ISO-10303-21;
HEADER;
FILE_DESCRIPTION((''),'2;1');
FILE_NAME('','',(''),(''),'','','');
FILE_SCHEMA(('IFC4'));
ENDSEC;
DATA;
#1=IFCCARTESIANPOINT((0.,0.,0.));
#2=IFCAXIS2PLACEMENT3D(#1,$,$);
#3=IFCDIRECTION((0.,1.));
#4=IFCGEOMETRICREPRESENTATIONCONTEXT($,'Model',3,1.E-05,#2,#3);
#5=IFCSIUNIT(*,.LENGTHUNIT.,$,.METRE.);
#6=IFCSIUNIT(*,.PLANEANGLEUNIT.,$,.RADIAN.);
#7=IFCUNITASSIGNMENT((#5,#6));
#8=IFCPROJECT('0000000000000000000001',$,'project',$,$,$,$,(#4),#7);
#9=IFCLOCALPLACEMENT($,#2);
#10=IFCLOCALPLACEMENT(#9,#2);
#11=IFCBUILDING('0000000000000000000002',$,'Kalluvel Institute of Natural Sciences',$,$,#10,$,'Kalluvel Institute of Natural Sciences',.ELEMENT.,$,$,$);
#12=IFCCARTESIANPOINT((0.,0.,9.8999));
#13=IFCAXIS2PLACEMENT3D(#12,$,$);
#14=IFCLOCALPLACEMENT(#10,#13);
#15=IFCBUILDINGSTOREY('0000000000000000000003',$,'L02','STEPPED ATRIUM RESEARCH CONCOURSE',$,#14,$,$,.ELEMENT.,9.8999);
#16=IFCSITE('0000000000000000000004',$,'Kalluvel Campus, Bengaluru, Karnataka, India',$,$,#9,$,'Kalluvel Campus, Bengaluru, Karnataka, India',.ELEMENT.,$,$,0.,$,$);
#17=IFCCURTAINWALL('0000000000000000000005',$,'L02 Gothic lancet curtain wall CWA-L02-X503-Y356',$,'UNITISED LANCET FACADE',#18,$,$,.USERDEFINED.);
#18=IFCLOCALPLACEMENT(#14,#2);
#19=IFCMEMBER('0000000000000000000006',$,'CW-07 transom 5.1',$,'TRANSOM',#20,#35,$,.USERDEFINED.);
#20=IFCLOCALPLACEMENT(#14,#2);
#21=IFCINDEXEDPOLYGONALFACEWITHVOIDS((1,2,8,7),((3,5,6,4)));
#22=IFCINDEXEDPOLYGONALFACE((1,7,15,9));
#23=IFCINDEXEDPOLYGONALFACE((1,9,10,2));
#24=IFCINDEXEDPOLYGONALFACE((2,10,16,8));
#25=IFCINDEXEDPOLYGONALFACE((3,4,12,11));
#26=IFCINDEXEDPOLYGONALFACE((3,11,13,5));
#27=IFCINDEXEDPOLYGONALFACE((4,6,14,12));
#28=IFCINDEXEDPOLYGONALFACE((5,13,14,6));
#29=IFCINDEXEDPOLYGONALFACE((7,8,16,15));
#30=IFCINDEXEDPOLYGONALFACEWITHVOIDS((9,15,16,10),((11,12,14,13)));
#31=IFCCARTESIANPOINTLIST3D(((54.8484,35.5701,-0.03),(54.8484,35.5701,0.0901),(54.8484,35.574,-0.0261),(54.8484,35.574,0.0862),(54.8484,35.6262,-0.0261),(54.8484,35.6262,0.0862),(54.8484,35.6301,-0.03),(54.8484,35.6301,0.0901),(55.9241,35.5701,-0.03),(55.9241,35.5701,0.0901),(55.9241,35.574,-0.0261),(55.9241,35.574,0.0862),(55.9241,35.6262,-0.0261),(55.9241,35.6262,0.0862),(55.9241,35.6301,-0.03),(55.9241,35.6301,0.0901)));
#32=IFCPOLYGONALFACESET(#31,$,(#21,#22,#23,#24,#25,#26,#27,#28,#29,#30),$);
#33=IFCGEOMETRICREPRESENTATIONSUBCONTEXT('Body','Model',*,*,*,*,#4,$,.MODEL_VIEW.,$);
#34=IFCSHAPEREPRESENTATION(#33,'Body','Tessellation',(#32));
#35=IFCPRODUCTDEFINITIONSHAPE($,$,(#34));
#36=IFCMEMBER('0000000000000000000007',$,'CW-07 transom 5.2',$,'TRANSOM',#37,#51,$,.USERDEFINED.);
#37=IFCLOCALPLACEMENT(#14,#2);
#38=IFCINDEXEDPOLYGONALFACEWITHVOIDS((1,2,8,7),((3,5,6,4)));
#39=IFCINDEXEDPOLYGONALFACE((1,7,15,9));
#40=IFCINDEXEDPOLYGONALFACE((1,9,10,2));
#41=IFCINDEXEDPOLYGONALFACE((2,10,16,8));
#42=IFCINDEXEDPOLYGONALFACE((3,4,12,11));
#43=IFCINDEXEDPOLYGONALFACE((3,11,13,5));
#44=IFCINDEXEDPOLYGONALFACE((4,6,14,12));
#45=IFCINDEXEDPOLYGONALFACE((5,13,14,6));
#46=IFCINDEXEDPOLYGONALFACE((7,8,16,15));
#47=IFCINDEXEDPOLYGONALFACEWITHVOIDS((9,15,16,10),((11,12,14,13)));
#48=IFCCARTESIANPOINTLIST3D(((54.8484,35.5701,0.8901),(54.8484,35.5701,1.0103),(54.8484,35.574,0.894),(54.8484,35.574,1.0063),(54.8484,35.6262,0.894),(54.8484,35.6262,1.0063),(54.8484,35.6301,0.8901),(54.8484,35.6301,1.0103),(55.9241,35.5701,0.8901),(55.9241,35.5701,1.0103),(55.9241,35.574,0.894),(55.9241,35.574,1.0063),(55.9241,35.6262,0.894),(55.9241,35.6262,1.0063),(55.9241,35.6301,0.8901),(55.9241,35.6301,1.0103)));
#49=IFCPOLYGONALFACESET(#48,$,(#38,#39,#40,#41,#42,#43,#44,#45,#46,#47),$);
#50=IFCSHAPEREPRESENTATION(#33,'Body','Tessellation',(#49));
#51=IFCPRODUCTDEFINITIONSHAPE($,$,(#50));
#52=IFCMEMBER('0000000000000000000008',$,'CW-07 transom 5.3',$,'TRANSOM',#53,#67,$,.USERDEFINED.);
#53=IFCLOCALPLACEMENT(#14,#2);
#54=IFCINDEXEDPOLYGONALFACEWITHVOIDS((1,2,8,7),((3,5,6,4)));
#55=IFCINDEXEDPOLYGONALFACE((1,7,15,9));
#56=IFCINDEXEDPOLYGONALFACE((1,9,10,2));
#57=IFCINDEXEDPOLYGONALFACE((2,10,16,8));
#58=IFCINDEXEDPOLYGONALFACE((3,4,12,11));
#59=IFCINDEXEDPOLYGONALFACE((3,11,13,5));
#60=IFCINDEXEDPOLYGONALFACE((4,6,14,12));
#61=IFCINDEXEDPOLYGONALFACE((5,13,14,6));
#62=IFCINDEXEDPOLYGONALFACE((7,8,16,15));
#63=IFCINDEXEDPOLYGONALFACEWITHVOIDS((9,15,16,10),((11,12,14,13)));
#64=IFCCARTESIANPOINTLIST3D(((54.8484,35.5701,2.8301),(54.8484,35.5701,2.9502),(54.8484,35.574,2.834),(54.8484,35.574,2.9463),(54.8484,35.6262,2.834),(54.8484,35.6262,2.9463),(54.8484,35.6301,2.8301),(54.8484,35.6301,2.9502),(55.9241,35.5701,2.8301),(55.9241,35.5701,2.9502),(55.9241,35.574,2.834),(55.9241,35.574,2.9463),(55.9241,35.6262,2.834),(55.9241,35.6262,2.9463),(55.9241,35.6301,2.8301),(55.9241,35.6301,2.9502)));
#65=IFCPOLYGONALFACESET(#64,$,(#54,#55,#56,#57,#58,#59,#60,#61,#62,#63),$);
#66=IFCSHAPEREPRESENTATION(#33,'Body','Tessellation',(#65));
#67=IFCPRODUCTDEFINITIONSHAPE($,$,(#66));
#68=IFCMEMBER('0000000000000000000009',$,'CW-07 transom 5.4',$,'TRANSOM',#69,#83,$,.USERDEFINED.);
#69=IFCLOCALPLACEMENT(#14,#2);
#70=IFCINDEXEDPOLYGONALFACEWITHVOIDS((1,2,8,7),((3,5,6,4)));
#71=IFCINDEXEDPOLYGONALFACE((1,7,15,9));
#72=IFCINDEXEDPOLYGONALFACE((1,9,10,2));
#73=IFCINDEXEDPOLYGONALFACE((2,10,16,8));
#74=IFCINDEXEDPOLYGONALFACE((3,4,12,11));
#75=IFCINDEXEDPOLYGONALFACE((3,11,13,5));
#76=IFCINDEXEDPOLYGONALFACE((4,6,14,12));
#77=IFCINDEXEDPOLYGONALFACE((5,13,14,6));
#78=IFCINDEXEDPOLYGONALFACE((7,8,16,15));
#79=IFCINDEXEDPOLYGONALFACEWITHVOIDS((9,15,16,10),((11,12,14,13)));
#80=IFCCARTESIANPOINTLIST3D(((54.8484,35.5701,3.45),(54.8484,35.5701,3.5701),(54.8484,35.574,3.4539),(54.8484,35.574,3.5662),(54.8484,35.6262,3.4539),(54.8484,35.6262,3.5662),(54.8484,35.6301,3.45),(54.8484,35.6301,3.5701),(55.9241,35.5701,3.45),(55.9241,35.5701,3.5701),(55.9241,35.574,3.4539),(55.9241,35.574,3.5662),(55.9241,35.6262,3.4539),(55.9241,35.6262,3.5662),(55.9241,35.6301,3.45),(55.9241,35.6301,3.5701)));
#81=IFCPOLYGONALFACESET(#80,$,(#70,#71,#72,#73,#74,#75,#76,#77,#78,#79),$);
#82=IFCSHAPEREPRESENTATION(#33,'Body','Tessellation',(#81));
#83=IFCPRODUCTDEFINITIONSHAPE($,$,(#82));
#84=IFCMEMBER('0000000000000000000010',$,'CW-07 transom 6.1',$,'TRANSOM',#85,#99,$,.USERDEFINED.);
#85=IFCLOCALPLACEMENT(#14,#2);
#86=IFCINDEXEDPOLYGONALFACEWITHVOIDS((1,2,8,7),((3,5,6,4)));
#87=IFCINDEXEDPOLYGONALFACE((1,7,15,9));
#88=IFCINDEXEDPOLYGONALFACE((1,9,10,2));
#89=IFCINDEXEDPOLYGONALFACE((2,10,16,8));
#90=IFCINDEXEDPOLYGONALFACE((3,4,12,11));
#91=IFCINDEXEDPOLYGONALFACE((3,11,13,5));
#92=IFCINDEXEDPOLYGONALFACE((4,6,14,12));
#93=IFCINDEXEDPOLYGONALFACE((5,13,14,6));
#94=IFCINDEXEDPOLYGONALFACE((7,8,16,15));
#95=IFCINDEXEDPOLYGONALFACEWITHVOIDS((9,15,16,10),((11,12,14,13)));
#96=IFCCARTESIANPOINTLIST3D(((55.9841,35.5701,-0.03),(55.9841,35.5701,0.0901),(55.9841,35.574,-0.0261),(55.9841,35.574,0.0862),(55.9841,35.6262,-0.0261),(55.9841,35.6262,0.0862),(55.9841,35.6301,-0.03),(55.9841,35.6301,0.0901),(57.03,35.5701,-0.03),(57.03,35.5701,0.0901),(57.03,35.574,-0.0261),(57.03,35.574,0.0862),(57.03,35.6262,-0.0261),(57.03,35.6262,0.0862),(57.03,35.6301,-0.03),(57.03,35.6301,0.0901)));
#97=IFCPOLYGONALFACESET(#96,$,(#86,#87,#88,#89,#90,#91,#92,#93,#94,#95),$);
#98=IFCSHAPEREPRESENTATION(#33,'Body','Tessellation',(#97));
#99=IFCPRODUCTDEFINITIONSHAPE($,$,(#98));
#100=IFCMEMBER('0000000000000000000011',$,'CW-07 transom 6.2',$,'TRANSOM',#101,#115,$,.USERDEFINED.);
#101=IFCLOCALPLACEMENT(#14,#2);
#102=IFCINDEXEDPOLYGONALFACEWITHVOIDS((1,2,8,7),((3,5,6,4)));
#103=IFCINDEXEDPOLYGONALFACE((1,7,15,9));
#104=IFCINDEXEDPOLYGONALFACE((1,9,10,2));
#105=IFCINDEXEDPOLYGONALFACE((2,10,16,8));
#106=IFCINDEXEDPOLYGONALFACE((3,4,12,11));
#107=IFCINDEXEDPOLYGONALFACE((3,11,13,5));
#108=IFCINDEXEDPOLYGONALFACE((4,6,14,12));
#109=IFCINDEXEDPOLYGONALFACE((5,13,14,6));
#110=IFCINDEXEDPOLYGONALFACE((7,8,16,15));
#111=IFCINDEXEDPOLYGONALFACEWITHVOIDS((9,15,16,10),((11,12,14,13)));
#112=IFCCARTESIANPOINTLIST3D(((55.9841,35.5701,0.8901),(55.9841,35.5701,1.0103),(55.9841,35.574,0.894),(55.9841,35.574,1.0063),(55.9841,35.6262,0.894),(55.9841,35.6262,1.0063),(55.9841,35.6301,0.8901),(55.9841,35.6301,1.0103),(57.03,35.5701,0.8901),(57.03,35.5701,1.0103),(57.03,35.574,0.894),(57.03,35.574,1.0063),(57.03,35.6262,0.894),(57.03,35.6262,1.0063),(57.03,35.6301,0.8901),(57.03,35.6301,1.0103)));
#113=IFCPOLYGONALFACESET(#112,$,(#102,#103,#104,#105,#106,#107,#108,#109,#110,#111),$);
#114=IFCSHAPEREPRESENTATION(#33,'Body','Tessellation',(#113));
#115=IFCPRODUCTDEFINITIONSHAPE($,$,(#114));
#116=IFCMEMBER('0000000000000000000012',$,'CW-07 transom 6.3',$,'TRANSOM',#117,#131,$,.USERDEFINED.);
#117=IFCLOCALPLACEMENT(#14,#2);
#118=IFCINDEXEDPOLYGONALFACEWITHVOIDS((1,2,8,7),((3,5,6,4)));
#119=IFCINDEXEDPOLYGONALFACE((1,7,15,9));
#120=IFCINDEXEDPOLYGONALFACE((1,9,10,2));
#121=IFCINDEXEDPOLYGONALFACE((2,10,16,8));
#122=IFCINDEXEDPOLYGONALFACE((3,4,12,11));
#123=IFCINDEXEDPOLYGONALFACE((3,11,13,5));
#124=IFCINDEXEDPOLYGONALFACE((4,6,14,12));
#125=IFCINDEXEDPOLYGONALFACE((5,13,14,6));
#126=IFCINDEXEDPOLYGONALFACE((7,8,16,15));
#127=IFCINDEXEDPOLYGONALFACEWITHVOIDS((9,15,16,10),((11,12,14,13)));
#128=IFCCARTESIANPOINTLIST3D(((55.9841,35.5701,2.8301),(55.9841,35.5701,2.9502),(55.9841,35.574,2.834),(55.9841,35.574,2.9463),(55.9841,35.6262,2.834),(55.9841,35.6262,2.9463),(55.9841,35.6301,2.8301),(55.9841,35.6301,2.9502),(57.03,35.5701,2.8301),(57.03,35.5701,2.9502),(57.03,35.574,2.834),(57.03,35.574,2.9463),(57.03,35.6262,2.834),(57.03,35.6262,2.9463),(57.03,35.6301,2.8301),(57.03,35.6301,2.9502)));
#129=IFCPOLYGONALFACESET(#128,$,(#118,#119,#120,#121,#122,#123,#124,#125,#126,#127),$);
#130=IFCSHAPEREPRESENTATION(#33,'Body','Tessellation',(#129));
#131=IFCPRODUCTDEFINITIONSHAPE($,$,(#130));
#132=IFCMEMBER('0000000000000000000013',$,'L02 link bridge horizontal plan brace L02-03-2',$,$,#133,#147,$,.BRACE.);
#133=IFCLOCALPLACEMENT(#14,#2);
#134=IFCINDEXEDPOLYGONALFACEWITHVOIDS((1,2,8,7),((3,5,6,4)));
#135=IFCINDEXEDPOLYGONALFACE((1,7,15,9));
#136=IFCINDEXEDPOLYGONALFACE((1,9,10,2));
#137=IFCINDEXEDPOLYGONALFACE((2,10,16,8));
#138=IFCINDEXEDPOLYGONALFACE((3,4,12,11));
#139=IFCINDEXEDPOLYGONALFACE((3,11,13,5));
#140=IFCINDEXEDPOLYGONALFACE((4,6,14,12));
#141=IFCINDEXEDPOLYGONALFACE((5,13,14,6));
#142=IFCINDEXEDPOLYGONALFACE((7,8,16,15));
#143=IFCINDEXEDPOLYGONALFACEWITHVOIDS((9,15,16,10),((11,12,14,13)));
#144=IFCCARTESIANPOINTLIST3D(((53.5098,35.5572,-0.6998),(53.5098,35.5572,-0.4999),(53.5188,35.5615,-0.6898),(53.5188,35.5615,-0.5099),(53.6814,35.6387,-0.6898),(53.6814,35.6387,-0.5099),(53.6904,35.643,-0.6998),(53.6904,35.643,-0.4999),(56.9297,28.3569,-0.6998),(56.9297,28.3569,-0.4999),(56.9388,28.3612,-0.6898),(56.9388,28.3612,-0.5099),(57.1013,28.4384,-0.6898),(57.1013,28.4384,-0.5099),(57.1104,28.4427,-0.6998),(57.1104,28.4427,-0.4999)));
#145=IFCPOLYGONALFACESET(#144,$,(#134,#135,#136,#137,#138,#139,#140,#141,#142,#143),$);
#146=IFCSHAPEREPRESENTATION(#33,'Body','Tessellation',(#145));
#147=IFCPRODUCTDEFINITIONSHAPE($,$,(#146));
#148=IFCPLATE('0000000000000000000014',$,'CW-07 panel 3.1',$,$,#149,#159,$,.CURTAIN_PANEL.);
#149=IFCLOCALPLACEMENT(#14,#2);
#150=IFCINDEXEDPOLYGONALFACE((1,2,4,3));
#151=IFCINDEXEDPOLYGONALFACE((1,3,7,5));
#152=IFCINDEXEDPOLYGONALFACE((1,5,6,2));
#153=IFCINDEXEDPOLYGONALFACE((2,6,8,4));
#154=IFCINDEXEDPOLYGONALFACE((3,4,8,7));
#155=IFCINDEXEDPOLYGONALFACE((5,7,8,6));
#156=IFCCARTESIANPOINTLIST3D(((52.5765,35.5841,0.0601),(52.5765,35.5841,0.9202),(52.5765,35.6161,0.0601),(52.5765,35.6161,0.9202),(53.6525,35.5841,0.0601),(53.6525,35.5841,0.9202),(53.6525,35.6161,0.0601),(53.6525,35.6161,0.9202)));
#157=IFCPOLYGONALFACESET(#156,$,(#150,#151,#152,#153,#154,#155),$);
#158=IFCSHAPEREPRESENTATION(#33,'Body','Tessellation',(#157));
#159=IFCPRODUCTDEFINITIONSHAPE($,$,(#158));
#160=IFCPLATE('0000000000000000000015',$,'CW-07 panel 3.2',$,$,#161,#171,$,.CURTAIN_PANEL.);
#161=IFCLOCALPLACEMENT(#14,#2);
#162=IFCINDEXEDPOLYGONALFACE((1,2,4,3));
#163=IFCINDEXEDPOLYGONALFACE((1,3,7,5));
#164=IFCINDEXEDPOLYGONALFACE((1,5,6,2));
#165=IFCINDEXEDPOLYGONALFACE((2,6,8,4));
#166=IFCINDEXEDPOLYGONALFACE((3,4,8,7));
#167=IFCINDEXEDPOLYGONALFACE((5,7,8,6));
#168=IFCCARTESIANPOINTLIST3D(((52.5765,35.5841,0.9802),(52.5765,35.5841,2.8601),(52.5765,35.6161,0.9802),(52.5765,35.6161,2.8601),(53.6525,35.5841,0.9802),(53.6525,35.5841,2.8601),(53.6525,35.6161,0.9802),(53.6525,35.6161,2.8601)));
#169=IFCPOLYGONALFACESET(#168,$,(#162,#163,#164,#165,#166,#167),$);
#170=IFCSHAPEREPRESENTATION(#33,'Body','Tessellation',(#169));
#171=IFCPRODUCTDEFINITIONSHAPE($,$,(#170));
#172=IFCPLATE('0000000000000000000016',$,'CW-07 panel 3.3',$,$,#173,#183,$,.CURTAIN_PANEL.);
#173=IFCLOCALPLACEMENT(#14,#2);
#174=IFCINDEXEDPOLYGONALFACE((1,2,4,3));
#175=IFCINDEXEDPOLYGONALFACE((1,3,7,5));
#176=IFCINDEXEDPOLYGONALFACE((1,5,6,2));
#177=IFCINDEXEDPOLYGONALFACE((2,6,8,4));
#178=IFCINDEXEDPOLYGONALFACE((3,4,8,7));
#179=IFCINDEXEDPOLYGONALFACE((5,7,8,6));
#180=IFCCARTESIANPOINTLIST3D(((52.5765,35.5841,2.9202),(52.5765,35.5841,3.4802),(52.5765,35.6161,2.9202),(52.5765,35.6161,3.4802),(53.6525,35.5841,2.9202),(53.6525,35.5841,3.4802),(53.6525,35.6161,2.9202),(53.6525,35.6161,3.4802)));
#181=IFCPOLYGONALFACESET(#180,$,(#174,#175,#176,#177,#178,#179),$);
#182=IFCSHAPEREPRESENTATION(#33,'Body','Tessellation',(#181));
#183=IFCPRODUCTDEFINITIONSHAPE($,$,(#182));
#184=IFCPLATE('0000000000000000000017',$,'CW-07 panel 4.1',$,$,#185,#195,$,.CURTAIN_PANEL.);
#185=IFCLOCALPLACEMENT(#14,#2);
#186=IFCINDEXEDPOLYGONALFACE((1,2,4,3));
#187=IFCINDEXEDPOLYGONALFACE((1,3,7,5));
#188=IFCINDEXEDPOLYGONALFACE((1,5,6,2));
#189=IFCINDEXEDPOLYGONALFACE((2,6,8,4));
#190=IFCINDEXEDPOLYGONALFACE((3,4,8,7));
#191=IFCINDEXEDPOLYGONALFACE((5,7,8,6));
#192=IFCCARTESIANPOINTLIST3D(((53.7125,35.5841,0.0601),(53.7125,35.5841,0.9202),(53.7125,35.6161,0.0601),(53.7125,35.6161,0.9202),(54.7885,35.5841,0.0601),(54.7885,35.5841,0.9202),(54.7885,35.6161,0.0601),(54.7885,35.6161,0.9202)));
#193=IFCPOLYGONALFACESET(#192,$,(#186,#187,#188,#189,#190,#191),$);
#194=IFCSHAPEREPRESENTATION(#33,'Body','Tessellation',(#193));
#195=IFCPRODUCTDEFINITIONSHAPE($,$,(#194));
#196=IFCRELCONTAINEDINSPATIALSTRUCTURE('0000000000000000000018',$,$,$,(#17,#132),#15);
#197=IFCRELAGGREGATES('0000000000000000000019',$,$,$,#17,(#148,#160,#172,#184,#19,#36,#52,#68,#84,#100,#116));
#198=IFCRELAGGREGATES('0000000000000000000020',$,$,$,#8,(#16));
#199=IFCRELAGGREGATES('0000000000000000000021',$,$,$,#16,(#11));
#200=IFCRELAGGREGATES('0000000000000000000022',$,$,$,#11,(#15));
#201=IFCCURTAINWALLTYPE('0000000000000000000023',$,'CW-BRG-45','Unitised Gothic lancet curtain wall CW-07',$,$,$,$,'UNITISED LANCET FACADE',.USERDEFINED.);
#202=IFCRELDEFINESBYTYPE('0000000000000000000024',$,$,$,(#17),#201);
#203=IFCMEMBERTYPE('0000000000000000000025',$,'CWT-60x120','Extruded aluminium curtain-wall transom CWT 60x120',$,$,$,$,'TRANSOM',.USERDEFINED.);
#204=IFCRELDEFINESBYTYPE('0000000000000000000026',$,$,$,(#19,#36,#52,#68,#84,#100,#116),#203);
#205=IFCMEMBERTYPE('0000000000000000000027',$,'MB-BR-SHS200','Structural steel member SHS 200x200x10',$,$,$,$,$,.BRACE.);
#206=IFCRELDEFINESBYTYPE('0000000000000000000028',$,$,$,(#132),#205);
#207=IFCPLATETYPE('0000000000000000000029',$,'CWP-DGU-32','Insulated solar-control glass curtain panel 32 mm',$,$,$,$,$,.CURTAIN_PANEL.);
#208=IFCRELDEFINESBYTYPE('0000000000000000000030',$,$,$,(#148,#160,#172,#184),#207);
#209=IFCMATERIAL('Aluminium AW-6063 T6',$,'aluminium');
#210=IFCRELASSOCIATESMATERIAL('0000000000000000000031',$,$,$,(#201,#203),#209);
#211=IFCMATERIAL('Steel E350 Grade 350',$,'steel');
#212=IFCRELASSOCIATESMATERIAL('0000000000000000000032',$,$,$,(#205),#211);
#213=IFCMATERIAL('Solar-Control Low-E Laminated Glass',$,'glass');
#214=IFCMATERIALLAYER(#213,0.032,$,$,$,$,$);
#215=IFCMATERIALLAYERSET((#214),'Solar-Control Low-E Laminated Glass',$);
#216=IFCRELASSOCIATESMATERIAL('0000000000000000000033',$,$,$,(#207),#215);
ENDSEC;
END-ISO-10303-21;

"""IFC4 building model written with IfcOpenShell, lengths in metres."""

from ifc_helpers import new_model, si_unit, direction, frame, origin, origin_2d, place, context, subcontext, project, spatial, rectangle, hollow_rectangle, extrude, material, layer, layer_set, material_profile, profile_set, type_object, element, aggregate, save


model = new_model("IFC4")

# Units and contexts
model_context = context("Model", 3, precision=1e-05, world=origin(), true_north=direction((0.0, 1.0)))
body_context = subcontext(model_context, "Body", "Model", "MODEL_VIEW")
ifc_project = project(units=[si_unit("LENGTHUNIT", "METRE"), si_unit("PLANEANGLEUNIT", "RADIAN")], contexts=[model_context])

# Site, building, storey
site_placement = place(None, origin())
site = spatial("IfcSite", under=ifc_project, at=site_placement, Name="Kalluvel Campus, Bengaluru, Karnataka, India", LongName="Kalluvel Campus, Bengaluru, Karnataka, India", CompositionType="ELEMENT", RefElevation=0.0)
building_placement = place(site_placement, origin())
building = spatial("IfcBuilding", under=site, at=building_placement, Name="Kalluvel Institute of Natural Sciences", LongName="Kalluvel Institute of Natural Sciences", CompositionType="ELEMENT")
storey_placement = place(building_placement, frame((0.0, 0.0, 9.8999)))
storey = spatial("IfcBuildingStorey", under=building, at=storey_placement, Name="L02", Description="STEPPED ATRIUM RESEARCH CONCOURSE", CompositionType="ELEMENT", Elevation=9.8999)

# Curtain wall, members
ifc_material_1 = material(Name="Aluminium AW-6063 T6", Category="aluminium")
curtain_wall_type = type_object("IfcCurtainWallType", Name="CW-BRG-45", Description="Unitised Gothic lancet curtain wall CW-07", ElementType="UNITISED LANCET FACADE", PredefinedType="USERDEFINED", material=ifc_material_1)
curtain_wall_placement = place(storey_placement, origin())
curtain_wall = element("IfcCurtainWall", 1, at=curtain_wall_placement, inside=storey, type_object=curtain_wall_type, Name="L02 Gothic lancet curtain wall CWA-L02-X503-Y356", ObjectType="UNITISED LANCET FACADE", PredefinedType="USERDEFINED")
ifc_material_profile_1 = material_profile(ifc_material_1, hollow_rectangle(XDim=0.0601, YDim=0.1201, WallThickness=0.0039, at=origin_2d()), Name="CWT 60x120")
ifc_profile_set_1 = profile_set([ifc_material_profile_1], Name="Aluminium AW-6063 T6")
member_type_1 = type_object("IfcMemberType", Name="CWT-60x120", Description="Extruded aluminium curtain-wall transom CWT 60x120", ElementType="TRANSOM", PredefinedType="USERDEFINED", material=ifc_profile_set_1)
member_1_placement = place(storey_placement, frame((54.8484, 35.6001, 0.03), z_axis=(1.0, 0.0, 0.0), x_axis=(0.0, 1.0, 0.0)))
member_1 = element("IfcMember", 2, at=member_1_placement, type_object=member_type_1, Name="CW-07 transom 5.1", ObjectType="TRANSOM", PredefinedType="USERDEFINED", context=body_context, shape_type="SweptSolid", body=[
    extrude(hollow_rectangle(XDim=0.0601, YDim=0.1201, WallThickness=0.0039, at=origin_2d()), origin(), (0.0, 0.0, 1.0), 1.0757),
])
member_2_placement = place(storey_placement, frame((54.8484, 35.6001, 0.9502), z_axis=(1.0, 0.0, 0.0), x_axis=(0.0, 1.0, 0.0)))
member_2 = element("IfcMember", 3, at=member_2_placement, type_object=member_type_1, Name="CW-07 transom 5.2", ObjectType="TRANSOM", PredefinedType="USERDEFINED", context=body_context, shape_type="SweptSolid", body=[
    extrude(hollow_rectangle(XDim=0.0601, YDim=0.1201, WallThickness=0.0039, at=origin_2d()), origin(), (0.0, 0.0, 1.0), 1.0757),
])
member_3_placement = place(storey_placement, frame((54.8484, 35.6001, 2.8901), z_axis=(1.0, 0.0, 0.0), x_axis=(0.0, 1.0, 0.0)))
member_3 = element("IfcMember", 4, at=member_3_placement, type_object=member_type_1, Name="CW-07 transom 5.3", ObjectType="TRANSOM", PredefinedType="USERDEFINED", context=body_context, shape_type="SweptSolid", body=[
    extrude(hollow_rectangle(XDim=0.0601, YDim=0.1201, WallThickness=0.0039, at=origin_2d()), origin(), (0.0, 0.0, 1.0), 1.0757),
])
member_4_placement = place(storey_placement, frame((54.8484, 35.6001, 3.51), z_axis=(1.0, 0.0, 0.0), x_axis=(0.0, 1.0, 0.0)))
member_4 = element("IfcMember", 5, at=member_4_placement, type_object=member_type_1, Name="CW-07 transom 5.4", ObjectType="TRANSOM", PredefinedType="USERDEFINED", context=body_context, shape_type="SweptSolid", body=[
    extrude(hollow_rectangle(XDim=0.0601, YDim=0.1201, WallThickness=0.0039, at=origin_2d()), origin(), (0.0, 0.0, 1.0), 1.0757),
])
member_5_placement = place(storey_placement, frame((55.9841, 35.6001, 0.03), z_axis=(1.0, 0.0, 0.0), x_axis=(0.0, 1.0, 0.0)))
member_5 = element("IfcMember", 6, at=member_5_placement, type_object=member_type_1, Name="CW-07 transom 6.1", ObjectType="TRANSOM", PredefinedType="USERDEFINED", context=body_context, shape_type="SweptSolid", body=[
    extrude(hollow_rectangle(XDim=0.0601, YDim=0.1201, WallThickness=0.0039, at=origin_2d()), origin(), (0.0, 0.0, 1.0), 1.0459),
])
member_6_placement = place(storey_placement, frame((55.9841, 35.6001, 0.9502), z_axis=(1.0, 0.0, 0.0), x_axis=(0.0, 1.0, 0.0)))
member_6 = element("IfcMember", 7, at=member_6_placement, type_object=member_type_1, Name="CW-07 transom 6.2", ObjectType="TRANSOM", PredefinedType="USERDEFINED", context=body_context, shape_type="SweptSolid", body=[
    extrude(hollow_rectangle(XDim=0.0601, YDim=0.1201, WallThickness=0.0039, at=origin_2d()), origin(), (0.0, 0.0, 1.0), 1.0459),
])
member_7_placement = place(storey_placement, frame((55.9841, 35.6001, 2.8901), z_axis=(1.0, 0.0, 0.0), x_axis=(0.0, 1.0, 0.0)))
member_7 = element("IfcMember", 8, at=member_7_placement, type_object=member_type_1, Name="CW-07 transom 6.3", ObjectType="TRANSOM", PredefinedType="USERDEFINED", context=body_context, shape_type="SweptSolid", body=[
    extrude(hollow_rectangle(XDim=0.0601, YDim=0.1201, WallThickness=0.0039, at=origin_2d()), origin(), (0.0, 0.0, 1.0), 1.0459),
])

# Member
ifc_material_2 = material(Name="Steel E350 Grade 350", Category="steel")
ifc_material_profile_2 = material_profile(ifc_material_2, hollow_rectangle(XDim=0.2, YDim=0.2, WallThickness=0.01, at=origin_2d()), Name="SHS 200x200x10")
ifc_profile_set_2 = profile_set([ifc_material_profile_2], Name="Steel E350 Grade 350")
member_type_2 = type_object("IfcMemberType", Name="MB-BR-SHS200", Description="Structural steel member SHS 200x200x10", PredefinedType="BRACE", material=ifc_profile_set_2)
member_8_placement = place(storey_placement, frame((53.6001, 35.6001, -0.5999), z_axis=(0.429039, -0.903286, 0.0), x_axis=(0.903286, 0.429039, 0.0)))
element("IfcMember", 9, at=member_8_placement, inside=storey, type_object=member_type_2, Name="L02 link bridge horizontal plan brace L02-03-2", PredefinedType="BRACE", context=body_context, shape_type="SweptSolid", body=[
    extrude(hollow_rectangle(XDim=0.2, YDim=0.2, WallThickness=0.01, at=origin_2d()), origin(), (0.0, 0.0, 1.0), 7.9712),
])

# Plates
ifc_material_3 = material(Name="Solar-Control Low-E Laminated Glass", Category="glass")
ifc_layer = layer(ifc_material_3, 0.032)
ifc_layer_set = layer_set([ifc_layer], Name="Solar-Control Low-E Laminated Glass")
plate_type = type_object("IfcPlateType", Name="CWP-DGU-32", Description="Insulated solar-control glass curtain panel 32 mm", PredefinedType="CURTAIN_PANEL", material=ifc_layer_set)
plate_1_placement = place(storey_placement, frame((53.1145, 35.6001, 0.0601), z_axis=(0.0, 0.0, 1.0), x_axis=(1.0, 0.0, 0.0)))
plate_1 = element("IfcPlate", 10, at=plate_1_placement, type_object=plate_type, Name="CW-07 panel 3.1", PredefinedType="CURTAIN_PANEL", context=body_context, shape_type="SweptSolid", body=[
    extrude(rectangle(XDim=1.0759, YDim=0.032, at=origin_2d()), origin(), (0.0, 0.0, 1.0), 0.8601),
])
plate_2_placement = place(storey_placement, frame((53.1145, 35.6001, 0.9802), z_axis=(0.0, 0.0, 1.0), x_axis=(1.0, 0.0, 0.0)))
plate_2 = element("IfcPlate", 11, at=plate_2_placement, type_object=plate_type, Name="CW-07 panel 3.2", PredefinedType="CURTAIN_PANEL", context=body_context, shape_type="SweptSolid", body=[
    extrude(rectangle(XDim=1.0759, YDim=0.032, at=origin_2d()), origin(), (0.0, 0.0, 1.0), 1.8799),
])
plate_3_placement = place(storey_placement, frame((53.1145, 35.6001, 2.9202), z_axis=(0.0, 0.0, 1.0), x_axis=(1.0, 0.0, 0.0)))
plate_3 = element("IfcPlate", 12, at=plate_3_placement, type_object=plate_type, Name="CW-07 panel 3.3", PredefinedType="CURTAIN_PANEL", context=body_context, shape_type="SweptSolid", body=[
    extrude(rectangle(XDim=1.0759, YDim=0.032, at=origin_2d()), origin(), (0.0, 0.0, 1.0), 0.5601),
])
plate_4_placement = place(storey_placement, frame((54.2505, 35.6001, 0.0601), z_axis=(0.0, 0.0, 1.0), x_axis=(1.0, 0.0, 0.0)))
plate_4 = element("IfcPlate", 13, at=plate_4_placement, type_object=plate_type, Name="CW-07 panel 4.1", PredefinedType="CURTAIN_PANEL", context=body_context, shape_type="SweptSolid", body=[
    extrude(rectangle(XDim=1.0759, YDim=0.032, at=origin_2d()), origin(), (0.0, 0.0, 1.0), 0.8601),
])
aggregate(curtain_wall, [plate_1, plate_2, plate_3, plate_4, member_1, member_2, member_3, member_4, member_5, member_6, member_7])

save(model, "model.ifc")
